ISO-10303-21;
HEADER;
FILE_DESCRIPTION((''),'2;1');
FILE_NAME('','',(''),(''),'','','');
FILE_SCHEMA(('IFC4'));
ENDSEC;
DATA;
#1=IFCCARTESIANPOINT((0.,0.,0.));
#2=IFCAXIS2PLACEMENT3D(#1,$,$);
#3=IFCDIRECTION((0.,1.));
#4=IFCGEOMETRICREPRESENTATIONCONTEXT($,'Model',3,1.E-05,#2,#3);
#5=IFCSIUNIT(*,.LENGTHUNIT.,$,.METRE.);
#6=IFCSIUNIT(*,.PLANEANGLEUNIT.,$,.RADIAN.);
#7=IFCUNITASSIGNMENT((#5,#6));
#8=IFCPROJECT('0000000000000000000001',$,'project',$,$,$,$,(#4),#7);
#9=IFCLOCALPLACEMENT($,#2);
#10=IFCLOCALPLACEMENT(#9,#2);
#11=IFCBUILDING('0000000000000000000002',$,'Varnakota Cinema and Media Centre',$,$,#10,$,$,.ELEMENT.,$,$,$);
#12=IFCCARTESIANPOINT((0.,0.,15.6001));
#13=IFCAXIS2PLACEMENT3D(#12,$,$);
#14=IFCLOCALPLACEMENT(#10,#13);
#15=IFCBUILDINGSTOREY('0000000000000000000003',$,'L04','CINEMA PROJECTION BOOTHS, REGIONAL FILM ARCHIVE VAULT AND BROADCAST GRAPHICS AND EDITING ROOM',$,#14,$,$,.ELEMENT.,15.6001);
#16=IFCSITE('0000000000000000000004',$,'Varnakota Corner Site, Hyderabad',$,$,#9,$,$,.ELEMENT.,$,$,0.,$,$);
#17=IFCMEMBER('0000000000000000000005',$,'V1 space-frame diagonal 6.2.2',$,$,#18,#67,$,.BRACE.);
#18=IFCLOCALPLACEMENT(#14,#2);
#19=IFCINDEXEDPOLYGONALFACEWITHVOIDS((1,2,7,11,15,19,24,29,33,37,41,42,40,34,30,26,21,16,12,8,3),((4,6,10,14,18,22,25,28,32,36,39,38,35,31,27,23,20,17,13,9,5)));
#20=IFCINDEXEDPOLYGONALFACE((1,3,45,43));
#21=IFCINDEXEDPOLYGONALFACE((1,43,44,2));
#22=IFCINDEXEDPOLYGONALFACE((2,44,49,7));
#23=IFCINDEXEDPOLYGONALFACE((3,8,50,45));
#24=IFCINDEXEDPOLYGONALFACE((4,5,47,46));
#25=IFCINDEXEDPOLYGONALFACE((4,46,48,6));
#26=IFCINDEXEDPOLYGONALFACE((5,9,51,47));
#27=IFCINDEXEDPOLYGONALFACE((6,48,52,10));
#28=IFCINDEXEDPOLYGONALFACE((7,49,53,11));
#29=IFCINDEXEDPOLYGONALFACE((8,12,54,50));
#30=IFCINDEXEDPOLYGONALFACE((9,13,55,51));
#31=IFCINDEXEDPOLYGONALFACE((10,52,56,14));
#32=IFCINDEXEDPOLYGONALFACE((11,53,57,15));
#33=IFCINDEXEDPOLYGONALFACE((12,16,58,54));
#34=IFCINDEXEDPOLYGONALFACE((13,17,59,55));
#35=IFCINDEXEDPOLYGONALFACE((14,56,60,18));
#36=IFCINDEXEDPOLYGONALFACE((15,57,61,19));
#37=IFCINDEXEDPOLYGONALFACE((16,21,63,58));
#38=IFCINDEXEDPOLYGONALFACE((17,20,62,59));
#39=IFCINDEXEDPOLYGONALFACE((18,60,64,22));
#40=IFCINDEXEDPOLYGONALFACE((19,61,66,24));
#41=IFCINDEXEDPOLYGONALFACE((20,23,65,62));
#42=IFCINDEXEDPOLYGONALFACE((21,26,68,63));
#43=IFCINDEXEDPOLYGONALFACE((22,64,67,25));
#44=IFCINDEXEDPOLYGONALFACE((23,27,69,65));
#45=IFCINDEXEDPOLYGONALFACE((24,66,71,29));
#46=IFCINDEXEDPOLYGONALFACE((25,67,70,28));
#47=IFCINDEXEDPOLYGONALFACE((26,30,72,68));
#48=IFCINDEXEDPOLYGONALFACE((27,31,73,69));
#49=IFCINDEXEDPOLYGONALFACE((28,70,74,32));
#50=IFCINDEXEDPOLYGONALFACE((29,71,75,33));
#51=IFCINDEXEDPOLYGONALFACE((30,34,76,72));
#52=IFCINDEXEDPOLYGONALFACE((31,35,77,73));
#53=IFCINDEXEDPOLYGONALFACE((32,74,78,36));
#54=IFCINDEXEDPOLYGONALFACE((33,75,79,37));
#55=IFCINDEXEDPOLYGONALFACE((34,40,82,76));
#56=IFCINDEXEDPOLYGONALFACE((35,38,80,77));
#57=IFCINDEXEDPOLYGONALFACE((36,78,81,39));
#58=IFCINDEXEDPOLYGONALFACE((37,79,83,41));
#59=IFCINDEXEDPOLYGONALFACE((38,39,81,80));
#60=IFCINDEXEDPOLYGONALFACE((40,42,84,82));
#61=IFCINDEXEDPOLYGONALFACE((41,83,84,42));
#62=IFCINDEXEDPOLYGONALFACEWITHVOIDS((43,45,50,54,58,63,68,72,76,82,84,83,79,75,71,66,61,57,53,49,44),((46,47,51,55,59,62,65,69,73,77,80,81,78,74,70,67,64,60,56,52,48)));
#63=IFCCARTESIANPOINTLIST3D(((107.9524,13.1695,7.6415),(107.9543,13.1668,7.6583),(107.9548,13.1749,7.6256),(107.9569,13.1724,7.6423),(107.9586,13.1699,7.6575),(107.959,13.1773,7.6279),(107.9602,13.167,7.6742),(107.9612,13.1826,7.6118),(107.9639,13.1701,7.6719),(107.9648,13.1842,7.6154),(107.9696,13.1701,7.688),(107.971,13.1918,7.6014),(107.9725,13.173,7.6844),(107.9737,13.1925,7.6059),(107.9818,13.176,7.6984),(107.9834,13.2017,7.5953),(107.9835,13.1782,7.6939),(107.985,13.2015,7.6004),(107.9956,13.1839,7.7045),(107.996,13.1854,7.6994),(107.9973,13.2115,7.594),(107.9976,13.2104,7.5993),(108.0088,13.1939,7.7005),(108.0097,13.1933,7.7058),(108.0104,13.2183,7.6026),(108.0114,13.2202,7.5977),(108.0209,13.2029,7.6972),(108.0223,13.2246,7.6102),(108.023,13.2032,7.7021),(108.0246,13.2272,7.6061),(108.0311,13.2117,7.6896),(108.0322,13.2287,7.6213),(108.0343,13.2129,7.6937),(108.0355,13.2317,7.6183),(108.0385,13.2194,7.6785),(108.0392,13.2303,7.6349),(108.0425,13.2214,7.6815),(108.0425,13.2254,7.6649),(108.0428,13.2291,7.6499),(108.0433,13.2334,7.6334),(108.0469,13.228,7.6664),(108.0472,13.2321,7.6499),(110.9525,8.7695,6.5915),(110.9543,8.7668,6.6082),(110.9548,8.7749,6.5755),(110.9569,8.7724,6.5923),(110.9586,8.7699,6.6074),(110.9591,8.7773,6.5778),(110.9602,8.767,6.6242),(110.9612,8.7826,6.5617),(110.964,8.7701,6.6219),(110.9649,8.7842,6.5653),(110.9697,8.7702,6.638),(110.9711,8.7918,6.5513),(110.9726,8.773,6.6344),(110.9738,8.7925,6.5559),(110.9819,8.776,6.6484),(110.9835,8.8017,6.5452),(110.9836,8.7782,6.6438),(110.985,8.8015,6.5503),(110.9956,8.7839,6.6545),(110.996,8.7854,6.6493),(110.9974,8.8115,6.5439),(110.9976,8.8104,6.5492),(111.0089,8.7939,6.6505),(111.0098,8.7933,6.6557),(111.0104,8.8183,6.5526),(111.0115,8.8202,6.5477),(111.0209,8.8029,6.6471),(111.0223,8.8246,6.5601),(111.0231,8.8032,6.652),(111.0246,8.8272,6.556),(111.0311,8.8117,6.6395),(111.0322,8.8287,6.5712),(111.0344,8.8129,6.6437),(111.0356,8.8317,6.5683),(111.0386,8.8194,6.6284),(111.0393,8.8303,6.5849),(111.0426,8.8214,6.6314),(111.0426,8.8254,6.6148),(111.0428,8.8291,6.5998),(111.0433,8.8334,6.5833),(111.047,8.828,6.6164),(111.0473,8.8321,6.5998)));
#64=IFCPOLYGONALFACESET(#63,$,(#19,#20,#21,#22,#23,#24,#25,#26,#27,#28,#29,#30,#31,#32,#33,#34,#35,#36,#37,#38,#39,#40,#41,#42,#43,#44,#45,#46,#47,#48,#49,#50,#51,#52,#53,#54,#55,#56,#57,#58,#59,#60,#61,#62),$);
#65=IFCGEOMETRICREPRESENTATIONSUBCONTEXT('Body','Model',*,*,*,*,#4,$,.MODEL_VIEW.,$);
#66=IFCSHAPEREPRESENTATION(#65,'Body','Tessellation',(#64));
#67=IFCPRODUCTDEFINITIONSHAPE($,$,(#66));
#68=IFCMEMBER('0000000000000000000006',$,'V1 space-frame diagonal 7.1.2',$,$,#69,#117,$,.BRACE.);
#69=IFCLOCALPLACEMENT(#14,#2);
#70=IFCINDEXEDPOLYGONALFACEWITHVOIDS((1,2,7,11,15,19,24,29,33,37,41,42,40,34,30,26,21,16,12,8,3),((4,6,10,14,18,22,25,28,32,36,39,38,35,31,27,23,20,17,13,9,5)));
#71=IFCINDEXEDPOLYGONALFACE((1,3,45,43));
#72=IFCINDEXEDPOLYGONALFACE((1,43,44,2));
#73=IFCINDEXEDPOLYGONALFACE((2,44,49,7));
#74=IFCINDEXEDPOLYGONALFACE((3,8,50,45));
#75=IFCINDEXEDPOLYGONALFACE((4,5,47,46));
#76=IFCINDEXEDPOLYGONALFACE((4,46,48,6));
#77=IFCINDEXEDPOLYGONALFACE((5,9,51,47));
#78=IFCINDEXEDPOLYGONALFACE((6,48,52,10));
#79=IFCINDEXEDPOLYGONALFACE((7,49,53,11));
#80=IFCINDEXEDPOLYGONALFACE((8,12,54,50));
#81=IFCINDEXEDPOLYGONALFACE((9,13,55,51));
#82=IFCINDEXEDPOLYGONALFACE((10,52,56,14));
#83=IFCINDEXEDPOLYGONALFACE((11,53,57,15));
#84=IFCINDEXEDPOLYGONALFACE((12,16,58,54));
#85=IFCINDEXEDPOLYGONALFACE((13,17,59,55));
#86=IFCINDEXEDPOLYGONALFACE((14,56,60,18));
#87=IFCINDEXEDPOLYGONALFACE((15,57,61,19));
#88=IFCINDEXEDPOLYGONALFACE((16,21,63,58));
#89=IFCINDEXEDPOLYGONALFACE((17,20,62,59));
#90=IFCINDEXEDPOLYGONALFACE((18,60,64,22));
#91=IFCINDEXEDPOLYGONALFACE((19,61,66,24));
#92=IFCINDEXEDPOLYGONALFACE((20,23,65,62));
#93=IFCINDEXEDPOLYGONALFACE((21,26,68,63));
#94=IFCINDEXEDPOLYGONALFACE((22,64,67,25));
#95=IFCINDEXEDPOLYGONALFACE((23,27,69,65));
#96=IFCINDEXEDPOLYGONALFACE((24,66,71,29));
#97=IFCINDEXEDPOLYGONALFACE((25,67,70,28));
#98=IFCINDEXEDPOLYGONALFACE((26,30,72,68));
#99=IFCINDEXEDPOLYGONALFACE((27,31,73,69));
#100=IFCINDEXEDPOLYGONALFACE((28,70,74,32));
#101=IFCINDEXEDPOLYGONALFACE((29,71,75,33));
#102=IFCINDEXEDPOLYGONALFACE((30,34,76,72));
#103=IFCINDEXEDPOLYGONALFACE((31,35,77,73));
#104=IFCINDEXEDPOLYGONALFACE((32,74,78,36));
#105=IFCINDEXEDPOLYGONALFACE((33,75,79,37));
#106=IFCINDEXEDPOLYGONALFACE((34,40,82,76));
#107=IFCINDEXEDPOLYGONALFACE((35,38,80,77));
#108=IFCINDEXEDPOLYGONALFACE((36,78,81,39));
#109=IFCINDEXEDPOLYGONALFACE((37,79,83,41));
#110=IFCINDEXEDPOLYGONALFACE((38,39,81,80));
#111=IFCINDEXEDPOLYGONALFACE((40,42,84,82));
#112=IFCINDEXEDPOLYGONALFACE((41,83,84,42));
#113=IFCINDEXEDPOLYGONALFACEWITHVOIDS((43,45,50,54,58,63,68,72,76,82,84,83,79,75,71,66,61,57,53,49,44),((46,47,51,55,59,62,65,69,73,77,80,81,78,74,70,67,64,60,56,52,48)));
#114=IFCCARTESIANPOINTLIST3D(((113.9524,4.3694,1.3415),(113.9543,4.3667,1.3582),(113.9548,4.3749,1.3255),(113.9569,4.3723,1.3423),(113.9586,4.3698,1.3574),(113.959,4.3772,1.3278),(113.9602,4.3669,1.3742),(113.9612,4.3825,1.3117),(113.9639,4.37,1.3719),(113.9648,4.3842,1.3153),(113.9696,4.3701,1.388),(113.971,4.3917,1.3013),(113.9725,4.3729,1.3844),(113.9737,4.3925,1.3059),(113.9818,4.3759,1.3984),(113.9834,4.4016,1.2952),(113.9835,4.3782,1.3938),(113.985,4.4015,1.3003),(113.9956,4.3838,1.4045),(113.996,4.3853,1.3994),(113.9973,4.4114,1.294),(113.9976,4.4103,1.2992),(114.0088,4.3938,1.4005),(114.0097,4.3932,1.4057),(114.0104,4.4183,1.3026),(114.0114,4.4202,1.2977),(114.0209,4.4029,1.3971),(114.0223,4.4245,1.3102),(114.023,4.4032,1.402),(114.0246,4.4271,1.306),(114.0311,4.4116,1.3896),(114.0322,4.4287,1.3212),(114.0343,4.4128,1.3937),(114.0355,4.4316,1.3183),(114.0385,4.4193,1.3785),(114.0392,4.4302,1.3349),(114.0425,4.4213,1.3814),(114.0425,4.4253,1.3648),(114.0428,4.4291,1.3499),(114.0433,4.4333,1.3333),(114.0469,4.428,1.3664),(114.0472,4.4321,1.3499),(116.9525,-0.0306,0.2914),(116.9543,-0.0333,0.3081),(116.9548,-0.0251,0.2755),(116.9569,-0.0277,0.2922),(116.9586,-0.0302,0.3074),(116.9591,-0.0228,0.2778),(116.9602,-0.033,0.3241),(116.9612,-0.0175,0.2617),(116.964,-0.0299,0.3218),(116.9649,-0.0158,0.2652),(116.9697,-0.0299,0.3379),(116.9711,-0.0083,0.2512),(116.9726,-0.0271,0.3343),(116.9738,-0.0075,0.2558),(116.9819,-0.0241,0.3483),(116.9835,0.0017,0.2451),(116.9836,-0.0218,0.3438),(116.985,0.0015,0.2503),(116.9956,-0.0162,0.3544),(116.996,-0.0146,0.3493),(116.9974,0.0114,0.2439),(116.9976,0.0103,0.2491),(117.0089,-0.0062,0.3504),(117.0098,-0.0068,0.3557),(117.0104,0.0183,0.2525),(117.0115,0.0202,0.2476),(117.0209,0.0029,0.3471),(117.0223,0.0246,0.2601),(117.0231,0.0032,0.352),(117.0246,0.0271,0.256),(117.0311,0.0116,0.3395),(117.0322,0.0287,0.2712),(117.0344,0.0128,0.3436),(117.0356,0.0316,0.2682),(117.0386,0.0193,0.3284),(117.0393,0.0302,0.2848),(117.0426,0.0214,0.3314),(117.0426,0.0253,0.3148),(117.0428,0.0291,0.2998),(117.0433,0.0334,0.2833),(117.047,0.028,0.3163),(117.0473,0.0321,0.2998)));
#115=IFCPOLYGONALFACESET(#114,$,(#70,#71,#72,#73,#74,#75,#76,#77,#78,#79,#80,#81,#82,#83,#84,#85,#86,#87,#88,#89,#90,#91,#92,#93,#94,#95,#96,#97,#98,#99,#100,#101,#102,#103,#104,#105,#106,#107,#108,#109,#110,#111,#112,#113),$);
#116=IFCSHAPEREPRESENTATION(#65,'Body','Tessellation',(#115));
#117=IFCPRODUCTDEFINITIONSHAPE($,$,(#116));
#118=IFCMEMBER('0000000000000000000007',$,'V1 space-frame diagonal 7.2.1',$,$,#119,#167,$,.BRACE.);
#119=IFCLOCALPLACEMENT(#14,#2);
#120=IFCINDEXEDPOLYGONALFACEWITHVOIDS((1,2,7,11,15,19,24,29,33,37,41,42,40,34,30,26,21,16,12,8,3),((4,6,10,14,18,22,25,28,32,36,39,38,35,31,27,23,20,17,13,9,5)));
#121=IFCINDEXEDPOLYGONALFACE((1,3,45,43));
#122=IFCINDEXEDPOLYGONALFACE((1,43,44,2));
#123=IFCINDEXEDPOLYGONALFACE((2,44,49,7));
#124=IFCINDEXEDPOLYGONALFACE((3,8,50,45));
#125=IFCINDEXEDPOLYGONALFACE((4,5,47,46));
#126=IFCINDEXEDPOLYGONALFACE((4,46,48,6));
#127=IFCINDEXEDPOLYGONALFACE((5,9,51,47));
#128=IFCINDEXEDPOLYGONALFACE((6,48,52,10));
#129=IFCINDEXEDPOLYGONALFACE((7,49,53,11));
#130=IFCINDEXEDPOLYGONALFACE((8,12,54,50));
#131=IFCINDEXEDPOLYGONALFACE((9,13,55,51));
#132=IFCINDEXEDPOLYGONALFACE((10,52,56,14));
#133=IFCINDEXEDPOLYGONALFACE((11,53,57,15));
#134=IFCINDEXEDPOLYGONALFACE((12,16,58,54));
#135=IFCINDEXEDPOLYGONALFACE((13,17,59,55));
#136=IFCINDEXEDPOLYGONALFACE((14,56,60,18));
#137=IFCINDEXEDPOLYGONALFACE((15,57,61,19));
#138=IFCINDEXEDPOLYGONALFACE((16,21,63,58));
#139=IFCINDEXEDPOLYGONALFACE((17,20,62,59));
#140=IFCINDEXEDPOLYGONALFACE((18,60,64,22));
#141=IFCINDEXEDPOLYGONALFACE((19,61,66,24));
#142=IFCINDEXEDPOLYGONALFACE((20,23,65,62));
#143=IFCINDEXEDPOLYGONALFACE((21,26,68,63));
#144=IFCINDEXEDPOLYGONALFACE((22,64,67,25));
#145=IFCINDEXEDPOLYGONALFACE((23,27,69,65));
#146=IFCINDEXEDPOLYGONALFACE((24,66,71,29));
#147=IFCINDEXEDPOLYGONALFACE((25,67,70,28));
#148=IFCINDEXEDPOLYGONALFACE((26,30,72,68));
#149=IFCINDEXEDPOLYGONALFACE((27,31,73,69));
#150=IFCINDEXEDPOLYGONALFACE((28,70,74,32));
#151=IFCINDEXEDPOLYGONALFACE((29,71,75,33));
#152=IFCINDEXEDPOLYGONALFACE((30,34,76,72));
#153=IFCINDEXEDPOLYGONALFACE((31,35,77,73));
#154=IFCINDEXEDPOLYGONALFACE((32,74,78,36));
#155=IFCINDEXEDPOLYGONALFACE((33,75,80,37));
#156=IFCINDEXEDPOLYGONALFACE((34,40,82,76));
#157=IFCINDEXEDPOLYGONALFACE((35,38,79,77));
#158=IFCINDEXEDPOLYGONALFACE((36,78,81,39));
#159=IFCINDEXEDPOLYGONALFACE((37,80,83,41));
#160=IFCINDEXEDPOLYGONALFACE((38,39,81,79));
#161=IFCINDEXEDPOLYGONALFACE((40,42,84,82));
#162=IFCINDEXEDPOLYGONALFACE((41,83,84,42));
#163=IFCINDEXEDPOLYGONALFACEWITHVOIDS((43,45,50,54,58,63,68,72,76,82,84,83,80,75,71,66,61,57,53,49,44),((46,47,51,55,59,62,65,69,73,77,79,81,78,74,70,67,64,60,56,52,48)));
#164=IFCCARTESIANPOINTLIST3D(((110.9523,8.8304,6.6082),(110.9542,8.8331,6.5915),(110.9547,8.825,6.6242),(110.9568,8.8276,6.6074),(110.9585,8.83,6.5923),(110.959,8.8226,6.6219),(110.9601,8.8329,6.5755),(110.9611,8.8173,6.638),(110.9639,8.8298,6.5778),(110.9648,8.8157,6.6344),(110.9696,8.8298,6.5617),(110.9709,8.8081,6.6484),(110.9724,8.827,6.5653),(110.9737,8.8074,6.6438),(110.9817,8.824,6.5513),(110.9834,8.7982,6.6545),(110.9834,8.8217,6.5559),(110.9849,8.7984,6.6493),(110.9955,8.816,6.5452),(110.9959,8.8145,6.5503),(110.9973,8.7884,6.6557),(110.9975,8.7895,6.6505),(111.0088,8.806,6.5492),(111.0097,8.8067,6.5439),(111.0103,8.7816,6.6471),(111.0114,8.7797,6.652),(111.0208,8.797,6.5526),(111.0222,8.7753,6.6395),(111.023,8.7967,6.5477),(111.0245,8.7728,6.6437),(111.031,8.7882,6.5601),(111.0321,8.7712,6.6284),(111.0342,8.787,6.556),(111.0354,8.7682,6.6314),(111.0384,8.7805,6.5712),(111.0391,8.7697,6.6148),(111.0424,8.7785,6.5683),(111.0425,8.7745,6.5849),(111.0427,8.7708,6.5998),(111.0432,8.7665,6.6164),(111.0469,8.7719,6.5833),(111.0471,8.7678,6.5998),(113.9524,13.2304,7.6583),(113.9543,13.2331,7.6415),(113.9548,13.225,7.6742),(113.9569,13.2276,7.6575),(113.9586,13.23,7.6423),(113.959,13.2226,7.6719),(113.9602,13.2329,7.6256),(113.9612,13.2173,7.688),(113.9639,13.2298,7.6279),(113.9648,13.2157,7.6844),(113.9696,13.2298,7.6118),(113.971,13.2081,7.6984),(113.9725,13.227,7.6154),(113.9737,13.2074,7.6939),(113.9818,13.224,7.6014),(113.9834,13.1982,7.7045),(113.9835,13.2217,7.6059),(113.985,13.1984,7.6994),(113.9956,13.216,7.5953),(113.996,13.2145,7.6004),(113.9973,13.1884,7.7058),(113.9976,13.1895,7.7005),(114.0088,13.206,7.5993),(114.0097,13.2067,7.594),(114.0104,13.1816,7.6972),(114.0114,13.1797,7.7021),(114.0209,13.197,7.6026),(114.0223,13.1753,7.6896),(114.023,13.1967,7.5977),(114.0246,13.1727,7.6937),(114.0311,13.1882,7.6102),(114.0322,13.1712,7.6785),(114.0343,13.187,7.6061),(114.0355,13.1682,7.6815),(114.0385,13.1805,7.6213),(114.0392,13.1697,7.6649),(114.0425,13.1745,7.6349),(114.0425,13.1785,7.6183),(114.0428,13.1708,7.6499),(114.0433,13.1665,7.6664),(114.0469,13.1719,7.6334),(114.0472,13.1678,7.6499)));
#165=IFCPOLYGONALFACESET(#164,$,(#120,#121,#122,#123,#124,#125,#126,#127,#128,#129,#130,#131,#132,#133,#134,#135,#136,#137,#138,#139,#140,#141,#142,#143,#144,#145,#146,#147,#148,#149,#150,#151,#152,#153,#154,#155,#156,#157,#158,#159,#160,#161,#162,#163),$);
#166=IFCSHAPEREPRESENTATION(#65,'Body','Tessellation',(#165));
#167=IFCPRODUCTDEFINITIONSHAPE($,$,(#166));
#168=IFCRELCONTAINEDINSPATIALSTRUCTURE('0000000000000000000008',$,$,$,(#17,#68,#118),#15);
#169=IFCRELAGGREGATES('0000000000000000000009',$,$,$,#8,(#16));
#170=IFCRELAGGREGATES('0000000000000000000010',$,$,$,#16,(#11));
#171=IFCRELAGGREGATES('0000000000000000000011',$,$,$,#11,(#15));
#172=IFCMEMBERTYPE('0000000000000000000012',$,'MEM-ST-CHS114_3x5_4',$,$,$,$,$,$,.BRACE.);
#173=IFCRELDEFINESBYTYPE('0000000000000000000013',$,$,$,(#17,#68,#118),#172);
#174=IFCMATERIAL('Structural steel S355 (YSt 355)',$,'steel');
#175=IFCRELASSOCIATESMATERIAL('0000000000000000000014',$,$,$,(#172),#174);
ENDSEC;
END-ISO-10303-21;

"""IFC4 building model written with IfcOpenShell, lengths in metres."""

from ifc_helpers import new_model, si_unit, direction, frame, origin, origin_2d, place, context, subcontext, project, spatial, hollow_circle, extrude, material, material_profile, profile_set, type_object, element, save


model = new_model("IFC4")

# Units and contexts
model_context = context("Model", 3, precision=1e-05, world=origin(), true_north=direction((0.0, 1.0)))
body_context = subcontext(model_context, "Body", "Model", "MODEL_VIEW")
ifc_project = project(units=[si_unit("LENGTHUNIT", "METRE"), si_unit("PLANEANGLEUNIT", "RADIAN")], contexts=[model_context])

# Site, building, storey
site_placement = place(None, origin())
site = spatial("IfcSite", under=ifc_project, at=site_placement, Name="Varnakota Corner Site, Hyderabad", CompositionType="ELEMENT", RefElevation=0.0)
building_placement = place(site_placement, origin())
building = spatial("IfcBuilding", under=site, at=building_placement, Name="Varnakota Cinema and Media Centre", CompositionType="ELEMENT")
storey_placement = place(building_placement, frame((0.0, 0.0, 15.6001)))
storey = spatial("IfcBuildingStorey", under=building, at=storey_placement, Name="L04", Description="CINEMA PROJECTION BOOTHS, REGIONAL FILM ARCHIVE VAULT AND BROADCAST GRAPHICS AND EDITING ROOM", CompositionType="ELEMENT", Elevation=15.6001)

# Members
ifc_material_1 = material(Name="Structural steel S355 (YSt 355)", Category="steel")
ifc_material_profile_1 = material_profile(ifc_material_1, hollow_circle(Radius=0.0571, WallThickness=0.0054, at=origin_2d()), Name="CHS 114.3x5.4")
ifc_profile_set_1 = profile_set([ifc_material_profile_1], Name="Structural steel S355 (YSt 355)")
member_type_1 = type_object("IfcMemberType", Name="MEM-ST-CHS114_3x5_4", PredefinedType="BRACE", material=ifc_profile_set_1)
for number, where, z_axis, x_axis, name in (
    (1, (108.0, 13.2, 7.6499), (0.552703, -0.810613, -0.193455), (0.826222, 0.563345, 0.0), "V1 space-frame diagonal 6.2.2"),
    (2, (114.0, 4.3999, 1.3499), (0.552703, -0.810613, -0.193455), (0.826222, 0.563345, 0.0), "V1 space-frame diagonal 7.1.2"),
    (3, (114.0, 13.2, 7.6499), (-0.552703, -0.810613, -0.193455), (0.826222, -0.563345, 0.0), "V1 space-frame diagonal 7.2.1"),
):
    element("IfcMember", number, at=place(storey_placement, frame(where, z_axis=z_axis, x_axis=x_axis)), inside=storey, type_object=member_type_1, Name=name, PredefinedType="BRACE", context=body_context, shape_type="SweptSolid", body=[
        extrude(hollow_circle(Radius=0.0571, WallThickness=0.0054, at=origin_2d()), origin(), (0.0, 0.0, 1.0), 5.428),
    ])

save(model, "model.ifc")
